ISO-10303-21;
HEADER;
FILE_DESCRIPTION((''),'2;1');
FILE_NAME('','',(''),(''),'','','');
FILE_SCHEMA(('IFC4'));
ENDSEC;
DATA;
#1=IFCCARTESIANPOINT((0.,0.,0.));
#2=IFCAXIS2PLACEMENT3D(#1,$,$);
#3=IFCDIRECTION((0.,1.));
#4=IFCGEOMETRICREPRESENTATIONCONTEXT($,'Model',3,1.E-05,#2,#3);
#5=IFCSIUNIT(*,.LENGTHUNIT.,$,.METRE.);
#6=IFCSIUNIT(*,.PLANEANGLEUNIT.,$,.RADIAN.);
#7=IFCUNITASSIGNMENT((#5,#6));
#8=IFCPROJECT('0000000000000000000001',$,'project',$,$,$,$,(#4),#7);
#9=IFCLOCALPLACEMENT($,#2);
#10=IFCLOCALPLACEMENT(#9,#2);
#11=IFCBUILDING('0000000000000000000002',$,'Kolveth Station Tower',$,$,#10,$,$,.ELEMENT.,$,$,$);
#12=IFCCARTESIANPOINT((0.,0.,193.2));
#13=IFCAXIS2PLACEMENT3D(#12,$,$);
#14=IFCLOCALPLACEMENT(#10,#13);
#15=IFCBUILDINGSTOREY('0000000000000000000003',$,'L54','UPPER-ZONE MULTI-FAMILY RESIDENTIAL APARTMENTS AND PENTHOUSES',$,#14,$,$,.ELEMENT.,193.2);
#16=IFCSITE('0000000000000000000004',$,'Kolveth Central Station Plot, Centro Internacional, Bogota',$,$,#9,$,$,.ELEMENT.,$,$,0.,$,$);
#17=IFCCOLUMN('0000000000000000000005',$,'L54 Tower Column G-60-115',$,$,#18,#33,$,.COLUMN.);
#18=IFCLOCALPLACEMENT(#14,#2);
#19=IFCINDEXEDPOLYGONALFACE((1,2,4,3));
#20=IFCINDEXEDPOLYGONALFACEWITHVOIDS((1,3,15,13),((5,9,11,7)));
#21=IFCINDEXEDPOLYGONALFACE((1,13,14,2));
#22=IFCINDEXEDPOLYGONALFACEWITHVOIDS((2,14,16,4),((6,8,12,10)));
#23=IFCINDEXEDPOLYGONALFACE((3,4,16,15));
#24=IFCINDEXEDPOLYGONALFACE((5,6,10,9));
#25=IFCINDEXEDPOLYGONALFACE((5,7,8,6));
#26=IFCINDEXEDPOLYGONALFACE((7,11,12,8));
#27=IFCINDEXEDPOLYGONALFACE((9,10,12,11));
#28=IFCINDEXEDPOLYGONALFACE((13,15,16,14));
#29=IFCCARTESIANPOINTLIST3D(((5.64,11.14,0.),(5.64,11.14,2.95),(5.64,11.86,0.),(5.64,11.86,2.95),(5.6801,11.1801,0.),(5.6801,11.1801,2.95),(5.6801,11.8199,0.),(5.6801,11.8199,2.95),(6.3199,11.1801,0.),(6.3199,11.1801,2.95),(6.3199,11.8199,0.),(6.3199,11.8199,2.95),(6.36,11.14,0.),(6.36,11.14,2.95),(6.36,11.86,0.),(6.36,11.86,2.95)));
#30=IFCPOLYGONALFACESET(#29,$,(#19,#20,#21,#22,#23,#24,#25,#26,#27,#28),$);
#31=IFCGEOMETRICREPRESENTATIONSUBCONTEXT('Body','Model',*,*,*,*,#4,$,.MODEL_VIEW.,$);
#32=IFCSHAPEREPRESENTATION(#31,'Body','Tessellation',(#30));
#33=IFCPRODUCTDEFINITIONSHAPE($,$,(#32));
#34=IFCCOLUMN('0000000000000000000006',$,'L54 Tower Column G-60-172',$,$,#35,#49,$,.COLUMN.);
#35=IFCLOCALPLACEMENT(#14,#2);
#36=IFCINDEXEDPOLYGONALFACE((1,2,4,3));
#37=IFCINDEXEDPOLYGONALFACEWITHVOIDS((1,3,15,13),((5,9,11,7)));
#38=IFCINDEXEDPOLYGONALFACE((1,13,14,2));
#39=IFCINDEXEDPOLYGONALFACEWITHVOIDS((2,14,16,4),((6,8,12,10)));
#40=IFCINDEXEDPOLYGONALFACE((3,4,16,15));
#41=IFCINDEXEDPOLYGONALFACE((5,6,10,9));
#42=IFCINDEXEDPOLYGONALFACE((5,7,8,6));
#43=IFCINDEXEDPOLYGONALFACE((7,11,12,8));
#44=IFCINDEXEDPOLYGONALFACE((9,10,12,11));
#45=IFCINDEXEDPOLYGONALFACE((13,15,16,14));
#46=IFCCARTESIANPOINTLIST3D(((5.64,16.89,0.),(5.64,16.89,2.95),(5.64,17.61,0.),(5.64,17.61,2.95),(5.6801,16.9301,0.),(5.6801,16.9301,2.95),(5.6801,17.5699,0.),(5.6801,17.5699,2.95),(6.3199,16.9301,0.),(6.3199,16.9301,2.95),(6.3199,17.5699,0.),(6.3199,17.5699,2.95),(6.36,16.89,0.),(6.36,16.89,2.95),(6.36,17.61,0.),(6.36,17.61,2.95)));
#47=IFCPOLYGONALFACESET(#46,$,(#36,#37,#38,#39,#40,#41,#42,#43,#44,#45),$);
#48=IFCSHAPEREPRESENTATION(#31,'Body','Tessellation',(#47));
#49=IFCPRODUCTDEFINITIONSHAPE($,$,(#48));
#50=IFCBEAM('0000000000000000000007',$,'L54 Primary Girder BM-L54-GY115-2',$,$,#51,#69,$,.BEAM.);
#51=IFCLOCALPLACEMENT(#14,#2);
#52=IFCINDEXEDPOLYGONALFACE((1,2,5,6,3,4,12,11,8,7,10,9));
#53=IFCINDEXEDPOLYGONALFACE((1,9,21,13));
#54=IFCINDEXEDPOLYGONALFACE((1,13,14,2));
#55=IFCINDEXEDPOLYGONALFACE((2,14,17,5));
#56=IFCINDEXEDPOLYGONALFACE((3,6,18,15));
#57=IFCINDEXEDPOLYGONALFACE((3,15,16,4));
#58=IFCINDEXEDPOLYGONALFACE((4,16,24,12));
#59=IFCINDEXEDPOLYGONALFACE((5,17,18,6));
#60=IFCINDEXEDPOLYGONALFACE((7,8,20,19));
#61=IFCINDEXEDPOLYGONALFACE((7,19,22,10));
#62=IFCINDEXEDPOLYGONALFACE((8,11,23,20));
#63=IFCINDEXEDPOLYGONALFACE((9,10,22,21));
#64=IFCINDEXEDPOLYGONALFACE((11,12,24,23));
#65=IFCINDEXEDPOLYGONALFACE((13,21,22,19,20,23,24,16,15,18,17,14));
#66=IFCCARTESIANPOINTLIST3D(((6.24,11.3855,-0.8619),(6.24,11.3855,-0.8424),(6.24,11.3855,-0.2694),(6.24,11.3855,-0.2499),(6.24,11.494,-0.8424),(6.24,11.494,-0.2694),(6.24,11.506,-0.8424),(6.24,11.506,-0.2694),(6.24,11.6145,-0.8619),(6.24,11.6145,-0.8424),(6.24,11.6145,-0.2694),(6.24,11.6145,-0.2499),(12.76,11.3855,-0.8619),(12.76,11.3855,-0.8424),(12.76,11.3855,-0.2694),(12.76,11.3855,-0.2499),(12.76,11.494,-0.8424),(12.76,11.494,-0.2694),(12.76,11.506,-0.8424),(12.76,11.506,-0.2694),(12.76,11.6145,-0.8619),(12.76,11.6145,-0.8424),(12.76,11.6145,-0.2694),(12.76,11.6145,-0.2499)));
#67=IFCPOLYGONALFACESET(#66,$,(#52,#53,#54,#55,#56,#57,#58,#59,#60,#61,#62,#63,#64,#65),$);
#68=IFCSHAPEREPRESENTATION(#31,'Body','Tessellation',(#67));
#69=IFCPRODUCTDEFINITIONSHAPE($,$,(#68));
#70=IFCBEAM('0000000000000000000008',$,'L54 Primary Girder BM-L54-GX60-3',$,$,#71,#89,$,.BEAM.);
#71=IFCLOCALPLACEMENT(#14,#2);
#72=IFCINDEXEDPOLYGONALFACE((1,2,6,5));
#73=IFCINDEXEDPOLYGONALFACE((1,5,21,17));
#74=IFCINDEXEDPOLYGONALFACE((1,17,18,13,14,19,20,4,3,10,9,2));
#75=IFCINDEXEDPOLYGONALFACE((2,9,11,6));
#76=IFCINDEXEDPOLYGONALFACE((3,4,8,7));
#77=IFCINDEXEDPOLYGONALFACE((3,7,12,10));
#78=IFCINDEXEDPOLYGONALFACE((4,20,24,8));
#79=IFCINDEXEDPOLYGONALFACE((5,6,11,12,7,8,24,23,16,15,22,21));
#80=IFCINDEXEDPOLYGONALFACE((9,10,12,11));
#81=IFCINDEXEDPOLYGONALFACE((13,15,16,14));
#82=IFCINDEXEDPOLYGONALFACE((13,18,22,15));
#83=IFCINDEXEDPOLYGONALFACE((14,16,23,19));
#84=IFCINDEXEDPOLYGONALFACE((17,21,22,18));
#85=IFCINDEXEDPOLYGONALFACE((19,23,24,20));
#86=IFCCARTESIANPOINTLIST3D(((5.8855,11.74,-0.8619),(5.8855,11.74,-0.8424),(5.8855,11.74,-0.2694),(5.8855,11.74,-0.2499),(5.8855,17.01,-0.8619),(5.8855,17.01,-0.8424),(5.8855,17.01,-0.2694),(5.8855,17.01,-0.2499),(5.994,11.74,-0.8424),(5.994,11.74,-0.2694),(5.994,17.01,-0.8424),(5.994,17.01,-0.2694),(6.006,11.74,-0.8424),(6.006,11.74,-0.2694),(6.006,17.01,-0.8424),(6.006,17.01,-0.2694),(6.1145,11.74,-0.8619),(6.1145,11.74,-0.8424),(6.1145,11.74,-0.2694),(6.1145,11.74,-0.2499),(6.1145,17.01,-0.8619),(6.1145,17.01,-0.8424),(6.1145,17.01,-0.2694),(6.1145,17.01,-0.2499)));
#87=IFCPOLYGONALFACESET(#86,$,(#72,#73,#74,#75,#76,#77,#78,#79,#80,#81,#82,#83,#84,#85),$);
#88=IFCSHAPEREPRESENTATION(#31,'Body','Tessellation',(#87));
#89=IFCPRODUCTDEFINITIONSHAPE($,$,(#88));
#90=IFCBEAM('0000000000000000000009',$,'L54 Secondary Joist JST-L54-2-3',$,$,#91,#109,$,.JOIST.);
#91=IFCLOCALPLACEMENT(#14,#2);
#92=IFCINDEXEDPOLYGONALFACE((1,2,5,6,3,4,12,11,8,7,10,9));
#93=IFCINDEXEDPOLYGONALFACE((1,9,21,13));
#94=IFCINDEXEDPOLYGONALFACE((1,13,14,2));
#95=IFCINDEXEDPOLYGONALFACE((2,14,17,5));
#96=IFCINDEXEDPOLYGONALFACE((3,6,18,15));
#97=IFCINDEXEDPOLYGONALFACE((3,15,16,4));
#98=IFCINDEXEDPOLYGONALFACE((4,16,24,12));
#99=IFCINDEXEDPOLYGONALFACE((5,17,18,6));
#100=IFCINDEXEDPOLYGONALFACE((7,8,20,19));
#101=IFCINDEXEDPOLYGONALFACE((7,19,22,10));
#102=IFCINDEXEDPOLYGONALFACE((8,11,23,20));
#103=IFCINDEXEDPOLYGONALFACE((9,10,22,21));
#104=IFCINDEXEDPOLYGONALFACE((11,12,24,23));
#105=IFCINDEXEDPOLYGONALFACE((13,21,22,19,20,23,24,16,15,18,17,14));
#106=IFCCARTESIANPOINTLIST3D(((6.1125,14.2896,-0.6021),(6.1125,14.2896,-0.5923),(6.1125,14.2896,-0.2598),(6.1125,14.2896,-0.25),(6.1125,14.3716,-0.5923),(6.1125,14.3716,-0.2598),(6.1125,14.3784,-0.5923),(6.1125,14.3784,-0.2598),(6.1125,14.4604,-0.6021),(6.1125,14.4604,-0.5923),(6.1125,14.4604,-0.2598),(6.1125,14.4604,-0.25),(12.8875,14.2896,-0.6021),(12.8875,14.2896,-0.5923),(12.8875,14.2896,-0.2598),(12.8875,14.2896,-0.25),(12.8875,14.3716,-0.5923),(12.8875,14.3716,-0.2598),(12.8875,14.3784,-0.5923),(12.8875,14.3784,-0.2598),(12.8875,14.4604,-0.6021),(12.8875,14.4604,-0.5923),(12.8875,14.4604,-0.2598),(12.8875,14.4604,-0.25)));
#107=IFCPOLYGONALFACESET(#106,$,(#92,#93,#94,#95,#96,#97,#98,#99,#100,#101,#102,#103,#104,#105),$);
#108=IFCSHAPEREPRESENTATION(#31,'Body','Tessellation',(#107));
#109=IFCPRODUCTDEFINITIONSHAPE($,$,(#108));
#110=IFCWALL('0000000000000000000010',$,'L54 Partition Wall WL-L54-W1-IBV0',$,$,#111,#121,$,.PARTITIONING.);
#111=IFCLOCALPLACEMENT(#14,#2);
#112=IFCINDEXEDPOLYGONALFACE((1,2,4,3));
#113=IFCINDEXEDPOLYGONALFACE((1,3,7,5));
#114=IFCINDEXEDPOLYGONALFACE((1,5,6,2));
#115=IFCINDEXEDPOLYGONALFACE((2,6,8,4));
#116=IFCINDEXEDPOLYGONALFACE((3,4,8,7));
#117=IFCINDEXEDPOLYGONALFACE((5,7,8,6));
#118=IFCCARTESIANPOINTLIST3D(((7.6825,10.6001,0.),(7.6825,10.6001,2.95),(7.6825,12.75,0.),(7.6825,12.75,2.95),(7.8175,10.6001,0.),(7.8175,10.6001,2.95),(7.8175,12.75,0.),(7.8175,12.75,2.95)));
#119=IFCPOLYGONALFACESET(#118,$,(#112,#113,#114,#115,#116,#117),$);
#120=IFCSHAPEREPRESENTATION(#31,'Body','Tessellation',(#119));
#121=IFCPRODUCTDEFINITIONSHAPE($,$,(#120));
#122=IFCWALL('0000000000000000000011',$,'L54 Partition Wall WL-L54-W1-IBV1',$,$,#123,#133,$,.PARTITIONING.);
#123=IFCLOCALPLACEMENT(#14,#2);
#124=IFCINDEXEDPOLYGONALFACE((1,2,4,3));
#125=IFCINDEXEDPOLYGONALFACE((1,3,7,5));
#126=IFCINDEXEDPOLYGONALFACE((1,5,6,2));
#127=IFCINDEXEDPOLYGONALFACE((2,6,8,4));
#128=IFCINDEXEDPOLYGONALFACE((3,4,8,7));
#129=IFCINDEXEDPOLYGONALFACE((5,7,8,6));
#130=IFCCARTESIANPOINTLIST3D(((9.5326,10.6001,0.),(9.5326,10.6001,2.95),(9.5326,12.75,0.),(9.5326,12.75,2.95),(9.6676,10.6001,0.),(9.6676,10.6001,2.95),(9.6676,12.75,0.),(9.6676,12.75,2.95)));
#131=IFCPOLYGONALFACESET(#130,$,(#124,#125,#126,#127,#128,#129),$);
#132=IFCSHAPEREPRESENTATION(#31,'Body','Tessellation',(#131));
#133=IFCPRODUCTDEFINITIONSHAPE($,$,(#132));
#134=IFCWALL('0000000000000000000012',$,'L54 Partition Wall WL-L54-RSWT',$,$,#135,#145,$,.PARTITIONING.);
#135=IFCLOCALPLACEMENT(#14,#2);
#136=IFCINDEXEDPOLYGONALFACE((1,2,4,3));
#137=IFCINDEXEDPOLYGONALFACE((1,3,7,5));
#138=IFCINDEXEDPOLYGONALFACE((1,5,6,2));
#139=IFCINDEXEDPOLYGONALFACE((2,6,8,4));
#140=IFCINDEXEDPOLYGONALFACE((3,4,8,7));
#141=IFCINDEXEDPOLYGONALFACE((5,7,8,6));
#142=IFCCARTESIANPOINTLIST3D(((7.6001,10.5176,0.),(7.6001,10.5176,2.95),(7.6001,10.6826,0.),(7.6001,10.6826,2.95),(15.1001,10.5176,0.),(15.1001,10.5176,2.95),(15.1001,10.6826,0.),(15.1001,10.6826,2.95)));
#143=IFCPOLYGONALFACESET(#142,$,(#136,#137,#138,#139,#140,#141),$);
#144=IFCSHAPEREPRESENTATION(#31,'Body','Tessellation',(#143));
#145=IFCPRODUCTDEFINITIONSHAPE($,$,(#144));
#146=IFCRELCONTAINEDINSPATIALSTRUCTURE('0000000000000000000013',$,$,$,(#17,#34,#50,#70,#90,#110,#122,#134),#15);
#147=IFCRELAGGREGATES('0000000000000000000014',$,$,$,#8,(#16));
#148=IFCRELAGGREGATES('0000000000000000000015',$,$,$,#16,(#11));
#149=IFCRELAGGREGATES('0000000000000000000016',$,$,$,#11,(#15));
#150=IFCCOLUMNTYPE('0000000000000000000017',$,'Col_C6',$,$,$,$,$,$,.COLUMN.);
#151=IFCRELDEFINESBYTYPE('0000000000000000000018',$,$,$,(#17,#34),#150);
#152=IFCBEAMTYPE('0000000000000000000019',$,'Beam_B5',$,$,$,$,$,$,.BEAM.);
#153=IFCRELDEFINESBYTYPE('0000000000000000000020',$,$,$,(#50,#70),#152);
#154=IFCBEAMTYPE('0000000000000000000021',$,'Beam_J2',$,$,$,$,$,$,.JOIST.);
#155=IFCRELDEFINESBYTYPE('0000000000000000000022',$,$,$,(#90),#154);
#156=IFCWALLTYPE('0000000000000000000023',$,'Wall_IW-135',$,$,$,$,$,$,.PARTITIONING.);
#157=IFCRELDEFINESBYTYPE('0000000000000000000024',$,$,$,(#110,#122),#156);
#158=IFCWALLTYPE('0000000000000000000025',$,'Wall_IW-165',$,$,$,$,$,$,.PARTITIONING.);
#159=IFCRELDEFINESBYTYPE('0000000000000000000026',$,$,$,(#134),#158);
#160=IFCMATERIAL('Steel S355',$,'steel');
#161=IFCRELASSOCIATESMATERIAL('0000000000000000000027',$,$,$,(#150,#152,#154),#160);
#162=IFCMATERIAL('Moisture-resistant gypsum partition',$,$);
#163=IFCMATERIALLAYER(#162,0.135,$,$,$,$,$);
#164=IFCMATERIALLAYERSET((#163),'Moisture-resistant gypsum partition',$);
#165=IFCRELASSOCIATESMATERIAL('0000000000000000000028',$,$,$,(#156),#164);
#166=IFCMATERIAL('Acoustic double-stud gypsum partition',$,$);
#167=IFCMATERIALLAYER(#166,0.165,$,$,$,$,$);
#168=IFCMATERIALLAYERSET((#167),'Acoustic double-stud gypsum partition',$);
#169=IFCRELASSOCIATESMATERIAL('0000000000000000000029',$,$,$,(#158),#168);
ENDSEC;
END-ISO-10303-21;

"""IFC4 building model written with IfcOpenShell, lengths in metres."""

from ifc_helpers import new_model, si_unit, direction, frame, frame_2d, origin, origin_2d, place, context, subcontext, project, spatial, rectangle, hollow_rectangle, i_section, extrude, source, transform, mapped, material, layer, layer_set, material_profile, profile_set, type_object, element, save


model = new_model("IFC4")

# Units and contexts
model_context = context("Model", 3, precision=1e-05, world=origin(), true_north=direction((0.0, 1.0)))
body_context = subcontext(model_context, "Body", "Model", "MODEL_VIEW")
ifc_project = project(units=[si_unit("LENGTHUNIT", "METRE"), si_unit("PLANEANGLEUNIT", "RADIAN")], contexts=[model_context])

# Site, building, storey
site_placement = place(None, origin())
site = spatial("IfcSite", under=ifc_project, at=site_placement, Name="Kolveth Central Station Plot, Centro Internacional, Bogota", CompositionType="ELEMENT", RefElevation=0.0)
building_placement = place(site_placement, origin())
building = spatial("IfcBuilding", under=site, at=building_placement, Name="Kolveth Station Tower", CompositionType="ELEMENT")
storey_placement = place(building_placement, frame((0.0, 0.0, 193.2)))
storey = spatial("IfcBuildingStorey", under=building, at=storey_placement, Name="L54", Description="UPPER-ZONE MULTI-FAMILY RESIDENTIAL APARTMENTS AND PENTHOUSES", CompositionType="ELEMENT", Elevation=193.2)

# Columns
ifc_material_1 = material(Name="Steel S355", Category="steel")
ifc_material_profile_1 = material_profile(ifc_material_1, hollow_rectangle(XDim=0.72, YDim=0.72, WallThickness=0.04, at=origin_2d()), Name="BOX720x720x40")
ifc_profile_set_1 = profile_set([ifc_material_profile_1], Name="Steel S355")
column_type = type_object("IfcColumnType", Name="Col_C6", PredefinedType="COLUMN", material=ifc_profile_set_1)
shared_shape_1 = source(origin(), body_context, "Body", "SweptSolid", [
    extrude(hollow_rectangle(XDim=0.72, YDim=0.72, WallThickness=0.04, at=origin_2d()), origin(), (0.0, 0.0, 1.0), 2.95),
])
for number, where, z_axis, x_axis, name in (
    (1, (6.0, 11.5, 0.0), (0.0, 0.0, 1.0), (1.0, 0.0, 0.0), "L54 Tower Column G-60-115"),
    (2, (6.0, 17.25, 0.0), (0.0, 0.0, 1.0), (1.0, 0.0, 0.0), "L54 Tower Column G-60-172"),
):
    element("IfcColumn", number, at=place(storey_placement, frame(where, z_axis=z_axis, x_axis=x_axis)), inside=storey, type_object=column_type, Name=name, PredefinedType="COLUMN", context=body_context, shape_type="MappedRepresentation", body=[
        mapped(shared_shape_1, transform((0.0, 0.0, 0.0), x_axis=(1.0, 0.0, 0.0), y_axis=(0.0, 1.0, 0.0), z_axis=(0.0, 0.0, 1.0), scale=1.0)),
    ])

# Beams
ifc_material_profile_2 = material_profile(ifc_material_1, i_section(OverallWidth=0.229, OverallDepth=0.6121, WebThickness=0.012, FlangeThickness=0.0195, at=origin_2d()), Name="W610x125")
ifc_profile_set_2 = profile_set([ifc_material_profile_2], Name="Steel S355")
beam_type_1 = type_object("IfcBeamType", Name="Beam_B5", PredefinedType="BEAM", material=ifc_profile_set_2)
shared_shape_2 = source(origin(), body_context, "Body", "SweptSolid", [
    extrude(i_section(OverallWidth=0.229, OverallDepth=0.6121, WebThickness=0.012, FlangeThickness=0.0195, at=origin_2d()), origin(), (0.0, 0.0, 1.0), 6.52),
])
beam_1_placement = place(storey_placement, frame((6.24, 11.5, -0.5559), z_axis=(1.0, 0.0, 0.0), x_axis=(0.0, 1.0, 0.0)))
element("IfcBeam", 3, at=beam_1_placement, inside=storey, type_object=beam_type_1, Name="L54 Primary Girder BM-L54-GY115-2", PredefinedType="BEAM", context=body_context, shape_type="MappedRepresentation", body=[
    mapped(shared_shape_2, transform((0.0, 0.0, 0.0), x_axis=(1.0, 0.0, 0.0), y_axis=(0.0, 1.0, 0.0), z_axis=(0.0, 0.0, 1.0), scale=1.0)),
])
shared_shape_3 = source(origin(), body_context, "Body", "SweptSolid", [
    extrude(i_section(OverallWidth=0.229, OverallDepth=0.6121, WebThickness=0.012, FlangeThickness=0.0195, at=origin_2d()), origin(), (0.0, 0.0, 1.0), 5.27),
])
beam_2_placement = place(storey_placement, frame((6.0, 11.74, -0.5559), z_axis=(0.0, 1.0, 0.0), x_axis=(-1.0, 0.0, 0.0)))
element("IfcBeam", 4, at=beam_2_placement, inside=storey, type_object=beam_type_1, Name="L54 Primary Girder BM-L54-GX60-3", PredefinedType="BEAM", context=body_context, shape_type="MappedRepresentation", body=[
    mapped(shared_shape_3, transform((0.0, 0.0, 0.0), x_axis=(1.0, 0.0, 0.0), y_axis=(0.0, 1.0, 0.0), z_axis=(0.0, 0.0, 1.0), scale=1.0)),
])
ifc_material_profile_3 = material_profile(ifc_material_1, i_section(OverallWidth=0.1709, OverallDepth=0.3521, WebThickness=0.0068, FlangeThickness=0.0098, at=origin_2d()), Name="W360x44")
ifc_profile_set_3 = profile_set([ifc_material_profile_3], Name="Steel S355")
beam_type_2 = type_object("IfcBeamType", Name="Beam_J2", PredefinedType="JOIST", material=ifc_profile_set_3)
shared_shape_4 = source(origin(), body_context, "Body", "SweptSolid", [
    extrude(i_section(OverallWidth=0.1709, OverallDepth=0.3521, WebThickness=0.0068, FlangeThickness=0.0098, at=origin_2d()), origin(), (0.0, 0.0, 1.0), 6.7749),
])
beam_3_placement = place(storey_placement, frame((6.1125, 14.375, -0.426), z_axis=(1.0, 0.0, 0.0), x_axis=(0.0, 1.0, 0.0)))
element("IfcBeam", 5, at=beam_3_placement, inside=storey, type_object=beam_type_2, Name="L54 Secondary Joist JST-L54-2-3", PredefinedType="JOIST", context=body_context, shape_type="MappedRepresentation", body=[
    mapped(shared_shape_4, transform((0.0, 0.0, 0.0), x_axis=(1.0, 0.0, 0.0), y_axis=(0.0, 1.0, 0.0), z_axis=(0.0, 0.0, 1.0), scale=1.0)),
])

# Shared definitions
ifc_material_2 = material(Name="Moisture-resistant gypsum partition")
ifc_layer_1 = layer(ifc_material_2, 0.135)
ifc_layer_set_1 = layer_set([ifc_layer_1], Name="Moisture-resistant gypsum partition")
wall_type_1 = type_object("IfcWallType", Name="Wall_IW-135", PredefinedType="PARTITIONING", material=ifc_layer_set_1)

# Walls
for number, where, z_axis, x_axis, name in (
    (6, (7.75, 10.6001, 0.0), (0.0, 0.0, 1.0), (0.0, 1.0, 0.0), "L54 Partition Wall WL-L54-W1-IBV0"),
    (7, (9.6001, 10.6001, 0.0), (0.0, 0.0, 1.0), (0.0, 1.0, 0.0), "L54 Partition Wall WL-L54-W1-IBV1"),
):
    element("IfcWall", number, at=place(storey_placement, frame(where, z_axis=z_axis, x_axis=x_axis)), inside=storey, type_object=wall_type_1, Name=name, PredefinedType="PARTITIONING", context=body_context, shape_type="SweptSolid", body=[
        extrude(rectangle(XDim=2.1499, YDim=0.135, at=frame_2d((1.075, 0.0))), origin(), (0.0, 0.0, 1.0), 2.95),
    ])

# Wall
ifc_material_3 = material(Name="Acoustic double-stud gypsum partition")
ifc_layer_2 = layer(ifc_material_3, 0.165)
ifc_layer_set_2 = layer_set([ifc_layer_2], Name="Acoustic double-stud gypsum partition")
wall_type_2 = type_object("IfcWallType", Name="Wall_IW-165", PredefinedType="PARTITIONING", material=ifc_layer_set_2)
wall_1_placement = place(storey_placement, frame((7.6001, 10.6001, 0.0), z_axis=(0.0, 0.0, 1.0), x_axis=(1.0, 0.0, 0.0)))
element("IfcWall", 8, at=wall_1_placement, inside=storey, type_object=wall_type_2, Name="L54 Partition Wall WL-L54-RSWT", PredefinedType="PARTITIONING", context=body_context, shape_type="SweptSolid", body=[
    extrude(rectangle(XDim=7.5, YDim=0.165, at=frame_2d((3.75, 0.0))), origin(), (0.0, 0.0, 1.0), 2.95),
])

save(model, "model.ifc")
